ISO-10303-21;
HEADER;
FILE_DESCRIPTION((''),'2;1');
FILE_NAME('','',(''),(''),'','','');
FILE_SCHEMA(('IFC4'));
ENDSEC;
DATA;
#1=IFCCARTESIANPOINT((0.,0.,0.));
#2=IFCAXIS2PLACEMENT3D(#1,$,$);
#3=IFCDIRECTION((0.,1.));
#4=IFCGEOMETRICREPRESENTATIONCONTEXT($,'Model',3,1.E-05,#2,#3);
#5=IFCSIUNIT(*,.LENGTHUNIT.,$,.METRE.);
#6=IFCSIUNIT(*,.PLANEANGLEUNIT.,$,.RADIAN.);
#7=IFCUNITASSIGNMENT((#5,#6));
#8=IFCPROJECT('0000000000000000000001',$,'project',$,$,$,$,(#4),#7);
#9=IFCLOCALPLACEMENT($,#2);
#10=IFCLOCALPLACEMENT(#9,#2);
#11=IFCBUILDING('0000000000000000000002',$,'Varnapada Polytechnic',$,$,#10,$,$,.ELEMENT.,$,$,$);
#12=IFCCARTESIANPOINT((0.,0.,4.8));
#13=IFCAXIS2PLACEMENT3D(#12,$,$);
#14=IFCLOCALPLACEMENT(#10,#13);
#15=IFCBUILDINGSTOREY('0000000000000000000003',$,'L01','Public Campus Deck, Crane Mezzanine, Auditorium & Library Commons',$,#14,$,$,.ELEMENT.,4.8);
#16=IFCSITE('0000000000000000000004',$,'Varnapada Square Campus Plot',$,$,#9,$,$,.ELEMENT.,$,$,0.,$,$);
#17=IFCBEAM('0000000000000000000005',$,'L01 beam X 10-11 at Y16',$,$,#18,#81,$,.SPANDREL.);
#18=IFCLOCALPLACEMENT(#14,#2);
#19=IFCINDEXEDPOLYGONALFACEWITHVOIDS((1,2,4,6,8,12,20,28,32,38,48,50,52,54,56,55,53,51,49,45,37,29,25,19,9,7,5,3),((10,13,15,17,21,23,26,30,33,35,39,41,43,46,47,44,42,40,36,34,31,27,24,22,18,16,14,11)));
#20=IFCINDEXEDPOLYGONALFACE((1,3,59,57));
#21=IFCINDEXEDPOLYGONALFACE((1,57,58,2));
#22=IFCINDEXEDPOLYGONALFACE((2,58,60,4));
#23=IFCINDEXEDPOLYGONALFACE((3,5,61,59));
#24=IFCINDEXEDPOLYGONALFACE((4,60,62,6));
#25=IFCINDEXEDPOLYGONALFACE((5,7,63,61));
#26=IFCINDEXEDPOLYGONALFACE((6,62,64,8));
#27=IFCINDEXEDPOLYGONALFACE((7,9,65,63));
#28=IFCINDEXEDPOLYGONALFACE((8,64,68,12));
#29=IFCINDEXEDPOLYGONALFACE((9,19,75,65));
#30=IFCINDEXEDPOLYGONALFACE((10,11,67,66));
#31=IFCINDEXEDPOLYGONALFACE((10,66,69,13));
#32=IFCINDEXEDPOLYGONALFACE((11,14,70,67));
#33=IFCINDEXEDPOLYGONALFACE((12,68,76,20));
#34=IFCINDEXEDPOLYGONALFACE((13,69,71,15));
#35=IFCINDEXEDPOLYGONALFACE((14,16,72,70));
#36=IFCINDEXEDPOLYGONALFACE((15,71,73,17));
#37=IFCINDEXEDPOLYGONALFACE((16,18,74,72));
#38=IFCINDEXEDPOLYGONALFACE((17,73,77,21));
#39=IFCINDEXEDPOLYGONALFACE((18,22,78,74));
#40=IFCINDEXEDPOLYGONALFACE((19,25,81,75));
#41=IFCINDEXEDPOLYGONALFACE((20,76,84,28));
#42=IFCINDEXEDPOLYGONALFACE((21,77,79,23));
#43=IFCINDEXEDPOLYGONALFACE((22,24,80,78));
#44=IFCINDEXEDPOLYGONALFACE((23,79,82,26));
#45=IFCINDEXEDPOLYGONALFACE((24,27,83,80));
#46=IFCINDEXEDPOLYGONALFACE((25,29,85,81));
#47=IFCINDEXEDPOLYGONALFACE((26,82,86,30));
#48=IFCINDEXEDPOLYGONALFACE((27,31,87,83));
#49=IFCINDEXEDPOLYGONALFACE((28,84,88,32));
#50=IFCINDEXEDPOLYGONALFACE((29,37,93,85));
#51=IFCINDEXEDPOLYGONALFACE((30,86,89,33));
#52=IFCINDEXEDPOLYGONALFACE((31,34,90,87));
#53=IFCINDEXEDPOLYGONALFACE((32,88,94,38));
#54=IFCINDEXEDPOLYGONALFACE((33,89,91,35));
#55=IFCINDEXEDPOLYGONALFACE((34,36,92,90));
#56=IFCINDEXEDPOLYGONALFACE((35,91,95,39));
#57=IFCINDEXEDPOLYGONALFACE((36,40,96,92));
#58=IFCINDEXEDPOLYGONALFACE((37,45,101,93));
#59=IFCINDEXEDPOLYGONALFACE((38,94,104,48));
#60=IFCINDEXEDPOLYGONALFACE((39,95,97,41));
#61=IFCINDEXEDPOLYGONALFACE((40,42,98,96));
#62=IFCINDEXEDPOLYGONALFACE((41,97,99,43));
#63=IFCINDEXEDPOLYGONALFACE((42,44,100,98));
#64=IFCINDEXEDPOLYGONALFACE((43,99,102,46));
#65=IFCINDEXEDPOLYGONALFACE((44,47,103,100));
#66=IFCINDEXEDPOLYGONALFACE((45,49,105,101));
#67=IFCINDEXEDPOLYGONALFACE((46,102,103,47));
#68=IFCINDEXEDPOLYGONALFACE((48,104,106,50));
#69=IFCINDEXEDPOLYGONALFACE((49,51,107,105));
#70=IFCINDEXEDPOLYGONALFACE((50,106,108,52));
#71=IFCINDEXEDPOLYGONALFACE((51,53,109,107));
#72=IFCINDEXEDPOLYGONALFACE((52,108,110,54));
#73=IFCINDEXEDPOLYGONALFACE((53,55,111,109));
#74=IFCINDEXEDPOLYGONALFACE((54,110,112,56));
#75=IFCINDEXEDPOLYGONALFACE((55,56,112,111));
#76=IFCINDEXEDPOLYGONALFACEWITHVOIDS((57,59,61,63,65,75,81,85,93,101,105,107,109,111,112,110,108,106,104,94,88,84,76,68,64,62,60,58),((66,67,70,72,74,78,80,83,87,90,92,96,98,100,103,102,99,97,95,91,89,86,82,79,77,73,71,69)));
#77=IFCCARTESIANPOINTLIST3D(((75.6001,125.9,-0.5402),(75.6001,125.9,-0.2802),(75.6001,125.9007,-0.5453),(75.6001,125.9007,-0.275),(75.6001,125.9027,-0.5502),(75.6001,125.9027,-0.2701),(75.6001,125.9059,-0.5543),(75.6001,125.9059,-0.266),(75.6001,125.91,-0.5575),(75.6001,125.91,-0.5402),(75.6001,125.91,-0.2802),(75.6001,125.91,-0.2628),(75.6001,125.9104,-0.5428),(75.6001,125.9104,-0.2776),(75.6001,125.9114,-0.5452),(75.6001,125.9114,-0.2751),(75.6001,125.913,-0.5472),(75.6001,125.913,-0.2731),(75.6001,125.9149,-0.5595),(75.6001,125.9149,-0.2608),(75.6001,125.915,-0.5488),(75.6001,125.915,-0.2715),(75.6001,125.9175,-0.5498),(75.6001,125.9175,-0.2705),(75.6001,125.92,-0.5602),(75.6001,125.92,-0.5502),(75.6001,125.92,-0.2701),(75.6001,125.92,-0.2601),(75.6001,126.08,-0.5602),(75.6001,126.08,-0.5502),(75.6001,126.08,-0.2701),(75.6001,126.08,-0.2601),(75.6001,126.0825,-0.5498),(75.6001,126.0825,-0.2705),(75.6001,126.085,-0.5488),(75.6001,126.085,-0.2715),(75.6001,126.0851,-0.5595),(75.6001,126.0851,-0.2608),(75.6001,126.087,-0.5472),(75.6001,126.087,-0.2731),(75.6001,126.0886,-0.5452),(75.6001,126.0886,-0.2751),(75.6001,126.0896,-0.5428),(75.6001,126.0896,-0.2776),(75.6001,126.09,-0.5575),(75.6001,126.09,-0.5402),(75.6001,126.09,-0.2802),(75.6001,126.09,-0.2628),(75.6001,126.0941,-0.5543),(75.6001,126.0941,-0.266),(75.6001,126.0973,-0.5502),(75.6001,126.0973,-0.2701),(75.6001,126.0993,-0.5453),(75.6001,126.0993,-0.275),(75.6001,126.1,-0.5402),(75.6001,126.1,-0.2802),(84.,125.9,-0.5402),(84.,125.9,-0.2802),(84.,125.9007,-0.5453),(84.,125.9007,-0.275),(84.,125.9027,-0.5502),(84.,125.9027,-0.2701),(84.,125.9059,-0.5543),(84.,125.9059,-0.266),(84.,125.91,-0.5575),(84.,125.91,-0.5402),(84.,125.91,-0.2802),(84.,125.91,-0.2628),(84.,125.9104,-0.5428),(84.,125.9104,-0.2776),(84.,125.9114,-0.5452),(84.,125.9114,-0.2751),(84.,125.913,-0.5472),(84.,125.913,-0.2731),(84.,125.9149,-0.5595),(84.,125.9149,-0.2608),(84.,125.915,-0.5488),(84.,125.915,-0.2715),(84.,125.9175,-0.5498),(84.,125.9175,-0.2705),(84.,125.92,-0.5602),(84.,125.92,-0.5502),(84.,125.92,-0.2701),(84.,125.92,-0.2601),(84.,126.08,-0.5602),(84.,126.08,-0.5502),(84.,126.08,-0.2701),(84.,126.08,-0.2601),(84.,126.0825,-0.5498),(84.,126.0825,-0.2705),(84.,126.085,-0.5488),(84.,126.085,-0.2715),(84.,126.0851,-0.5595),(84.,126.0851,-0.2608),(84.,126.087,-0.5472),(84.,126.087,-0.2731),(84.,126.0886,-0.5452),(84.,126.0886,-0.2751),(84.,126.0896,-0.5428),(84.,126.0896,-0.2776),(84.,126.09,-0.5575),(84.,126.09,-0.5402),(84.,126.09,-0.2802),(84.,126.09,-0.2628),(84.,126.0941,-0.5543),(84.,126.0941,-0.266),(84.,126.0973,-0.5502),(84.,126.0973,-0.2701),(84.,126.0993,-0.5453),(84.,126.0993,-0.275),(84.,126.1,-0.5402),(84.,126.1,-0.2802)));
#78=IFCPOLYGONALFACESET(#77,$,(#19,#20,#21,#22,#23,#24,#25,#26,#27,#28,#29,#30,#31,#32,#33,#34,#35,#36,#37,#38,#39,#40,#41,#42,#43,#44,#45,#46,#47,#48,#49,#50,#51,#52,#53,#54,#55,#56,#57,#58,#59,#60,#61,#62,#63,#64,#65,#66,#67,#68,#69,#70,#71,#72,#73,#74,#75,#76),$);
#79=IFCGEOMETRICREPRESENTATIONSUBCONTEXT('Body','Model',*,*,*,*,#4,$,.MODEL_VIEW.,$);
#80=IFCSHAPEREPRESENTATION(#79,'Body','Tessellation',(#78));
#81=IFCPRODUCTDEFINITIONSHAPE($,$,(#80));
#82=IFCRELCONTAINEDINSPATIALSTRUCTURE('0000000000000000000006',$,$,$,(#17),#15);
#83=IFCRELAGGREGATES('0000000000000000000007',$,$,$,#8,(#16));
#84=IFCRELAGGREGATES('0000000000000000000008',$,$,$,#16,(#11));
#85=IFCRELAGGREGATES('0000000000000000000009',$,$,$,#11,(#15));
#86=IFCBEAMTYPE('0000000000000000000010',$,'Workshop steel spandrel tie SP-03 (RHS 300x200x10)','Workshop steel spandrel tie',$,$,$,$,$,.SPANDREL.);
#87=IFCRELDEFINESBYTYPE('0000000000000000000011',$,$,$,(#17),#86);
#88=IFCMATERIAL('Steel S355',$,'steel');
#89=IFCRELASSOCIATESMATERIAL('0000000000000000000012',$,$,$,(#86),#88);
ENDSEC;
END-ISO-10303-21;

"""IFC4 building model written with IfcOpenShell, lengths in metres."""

from ifc_helpers import new_model, si_unit, direction, frame, origin, origin_2d, place, context, subcontext, project, spatial, hollow_rectangle, extrude, material, material_profile, profile_set, type_object, element, save


model = new_model("IFC4")

# Units and contexts
model_context = context("Model", 3, precision=1e-05, world=origin(), true_north=direction((0.0, 1.0)))
body_context = subcontext(model_context, "Body", "Model", "MODEL_VIEW")
ifc_project = project(units=[si_unit("LENGTHUNIT", "METRE"), si_unit("PLANEANGLEUNIT", "RADIAN")], contexts=[model_context])

# Site, building, storey
site_placement = place(None, origin())
site = spatial("IfcSite", under=ifc_project, at=site_placement, Name="Varnapada Square Campus Plot", CompositionType="ELEMENT", RefElevation=0.0)
building_placement = place(site_placement, origin())
building = spatial("IfcBuilding", under=site, at=building_placement, Name="Varnapada Polytechnic", CompositionType="ELEMENT")
storey_placement = place(building_placement, frame((0.0, 0.0, 4.8)))
storey = spatial("IfcBuildingStorey", under=building, at=storey_placement, Name="L01", Description="Public Campus Deck, Crane Mezzanine, Auditorium & Library Commons", CompositionType="ELEMENT", Elevation=4.8)

# Beam
ifc_material_1 = material(Name="Steel S355", Category="steel")
ifc_material_profile = material_profile(ifc_material_1, hollow_rectangle(XDim=0.2, YDim=0.3, WallThickness=0.01, InnerFilletRadius=0.01, OuterFilletRadius=0.02, at=origin_2d()), Name="RHS 300x200x10")
ifc_profile_set = profile_set([ifc_material_profile], Name="Steel S355")
beam_type = type_object("IfcBeamType", Name="Workshop steel spandrel tie SP-03 (RHS 300x200x10)", Description="Workshop steel spandrel tie", PredefinedType="SPANDREL", material=ifc_profile_set)
beam_placement = place(storey_placement, frame((75.6001, 126.0, -0.4102), z_axis=(1.0, 0.0, 0.0), x_axis=(0.0, 1.0, 0.0)))
element("IfcBeam", 1, at=beam_placement, inside=storey, type_object=beam_type, Name="L01 beam X 10-11 at Y16", PredefinedType="SPANDREL", context=body_context, shape_type="SweptSolid", body=[
    extrude(hollow_rectangle(XDim=0.2, YDim=0.3, WallThickness=0.01, InnerFilletRadius=0.01, OuterFilletRadius=0.02, at=origin_2d()), origin(), (0.0, 0.0, 1.0), 8.3999),
])

save(model, "model.ifc")
